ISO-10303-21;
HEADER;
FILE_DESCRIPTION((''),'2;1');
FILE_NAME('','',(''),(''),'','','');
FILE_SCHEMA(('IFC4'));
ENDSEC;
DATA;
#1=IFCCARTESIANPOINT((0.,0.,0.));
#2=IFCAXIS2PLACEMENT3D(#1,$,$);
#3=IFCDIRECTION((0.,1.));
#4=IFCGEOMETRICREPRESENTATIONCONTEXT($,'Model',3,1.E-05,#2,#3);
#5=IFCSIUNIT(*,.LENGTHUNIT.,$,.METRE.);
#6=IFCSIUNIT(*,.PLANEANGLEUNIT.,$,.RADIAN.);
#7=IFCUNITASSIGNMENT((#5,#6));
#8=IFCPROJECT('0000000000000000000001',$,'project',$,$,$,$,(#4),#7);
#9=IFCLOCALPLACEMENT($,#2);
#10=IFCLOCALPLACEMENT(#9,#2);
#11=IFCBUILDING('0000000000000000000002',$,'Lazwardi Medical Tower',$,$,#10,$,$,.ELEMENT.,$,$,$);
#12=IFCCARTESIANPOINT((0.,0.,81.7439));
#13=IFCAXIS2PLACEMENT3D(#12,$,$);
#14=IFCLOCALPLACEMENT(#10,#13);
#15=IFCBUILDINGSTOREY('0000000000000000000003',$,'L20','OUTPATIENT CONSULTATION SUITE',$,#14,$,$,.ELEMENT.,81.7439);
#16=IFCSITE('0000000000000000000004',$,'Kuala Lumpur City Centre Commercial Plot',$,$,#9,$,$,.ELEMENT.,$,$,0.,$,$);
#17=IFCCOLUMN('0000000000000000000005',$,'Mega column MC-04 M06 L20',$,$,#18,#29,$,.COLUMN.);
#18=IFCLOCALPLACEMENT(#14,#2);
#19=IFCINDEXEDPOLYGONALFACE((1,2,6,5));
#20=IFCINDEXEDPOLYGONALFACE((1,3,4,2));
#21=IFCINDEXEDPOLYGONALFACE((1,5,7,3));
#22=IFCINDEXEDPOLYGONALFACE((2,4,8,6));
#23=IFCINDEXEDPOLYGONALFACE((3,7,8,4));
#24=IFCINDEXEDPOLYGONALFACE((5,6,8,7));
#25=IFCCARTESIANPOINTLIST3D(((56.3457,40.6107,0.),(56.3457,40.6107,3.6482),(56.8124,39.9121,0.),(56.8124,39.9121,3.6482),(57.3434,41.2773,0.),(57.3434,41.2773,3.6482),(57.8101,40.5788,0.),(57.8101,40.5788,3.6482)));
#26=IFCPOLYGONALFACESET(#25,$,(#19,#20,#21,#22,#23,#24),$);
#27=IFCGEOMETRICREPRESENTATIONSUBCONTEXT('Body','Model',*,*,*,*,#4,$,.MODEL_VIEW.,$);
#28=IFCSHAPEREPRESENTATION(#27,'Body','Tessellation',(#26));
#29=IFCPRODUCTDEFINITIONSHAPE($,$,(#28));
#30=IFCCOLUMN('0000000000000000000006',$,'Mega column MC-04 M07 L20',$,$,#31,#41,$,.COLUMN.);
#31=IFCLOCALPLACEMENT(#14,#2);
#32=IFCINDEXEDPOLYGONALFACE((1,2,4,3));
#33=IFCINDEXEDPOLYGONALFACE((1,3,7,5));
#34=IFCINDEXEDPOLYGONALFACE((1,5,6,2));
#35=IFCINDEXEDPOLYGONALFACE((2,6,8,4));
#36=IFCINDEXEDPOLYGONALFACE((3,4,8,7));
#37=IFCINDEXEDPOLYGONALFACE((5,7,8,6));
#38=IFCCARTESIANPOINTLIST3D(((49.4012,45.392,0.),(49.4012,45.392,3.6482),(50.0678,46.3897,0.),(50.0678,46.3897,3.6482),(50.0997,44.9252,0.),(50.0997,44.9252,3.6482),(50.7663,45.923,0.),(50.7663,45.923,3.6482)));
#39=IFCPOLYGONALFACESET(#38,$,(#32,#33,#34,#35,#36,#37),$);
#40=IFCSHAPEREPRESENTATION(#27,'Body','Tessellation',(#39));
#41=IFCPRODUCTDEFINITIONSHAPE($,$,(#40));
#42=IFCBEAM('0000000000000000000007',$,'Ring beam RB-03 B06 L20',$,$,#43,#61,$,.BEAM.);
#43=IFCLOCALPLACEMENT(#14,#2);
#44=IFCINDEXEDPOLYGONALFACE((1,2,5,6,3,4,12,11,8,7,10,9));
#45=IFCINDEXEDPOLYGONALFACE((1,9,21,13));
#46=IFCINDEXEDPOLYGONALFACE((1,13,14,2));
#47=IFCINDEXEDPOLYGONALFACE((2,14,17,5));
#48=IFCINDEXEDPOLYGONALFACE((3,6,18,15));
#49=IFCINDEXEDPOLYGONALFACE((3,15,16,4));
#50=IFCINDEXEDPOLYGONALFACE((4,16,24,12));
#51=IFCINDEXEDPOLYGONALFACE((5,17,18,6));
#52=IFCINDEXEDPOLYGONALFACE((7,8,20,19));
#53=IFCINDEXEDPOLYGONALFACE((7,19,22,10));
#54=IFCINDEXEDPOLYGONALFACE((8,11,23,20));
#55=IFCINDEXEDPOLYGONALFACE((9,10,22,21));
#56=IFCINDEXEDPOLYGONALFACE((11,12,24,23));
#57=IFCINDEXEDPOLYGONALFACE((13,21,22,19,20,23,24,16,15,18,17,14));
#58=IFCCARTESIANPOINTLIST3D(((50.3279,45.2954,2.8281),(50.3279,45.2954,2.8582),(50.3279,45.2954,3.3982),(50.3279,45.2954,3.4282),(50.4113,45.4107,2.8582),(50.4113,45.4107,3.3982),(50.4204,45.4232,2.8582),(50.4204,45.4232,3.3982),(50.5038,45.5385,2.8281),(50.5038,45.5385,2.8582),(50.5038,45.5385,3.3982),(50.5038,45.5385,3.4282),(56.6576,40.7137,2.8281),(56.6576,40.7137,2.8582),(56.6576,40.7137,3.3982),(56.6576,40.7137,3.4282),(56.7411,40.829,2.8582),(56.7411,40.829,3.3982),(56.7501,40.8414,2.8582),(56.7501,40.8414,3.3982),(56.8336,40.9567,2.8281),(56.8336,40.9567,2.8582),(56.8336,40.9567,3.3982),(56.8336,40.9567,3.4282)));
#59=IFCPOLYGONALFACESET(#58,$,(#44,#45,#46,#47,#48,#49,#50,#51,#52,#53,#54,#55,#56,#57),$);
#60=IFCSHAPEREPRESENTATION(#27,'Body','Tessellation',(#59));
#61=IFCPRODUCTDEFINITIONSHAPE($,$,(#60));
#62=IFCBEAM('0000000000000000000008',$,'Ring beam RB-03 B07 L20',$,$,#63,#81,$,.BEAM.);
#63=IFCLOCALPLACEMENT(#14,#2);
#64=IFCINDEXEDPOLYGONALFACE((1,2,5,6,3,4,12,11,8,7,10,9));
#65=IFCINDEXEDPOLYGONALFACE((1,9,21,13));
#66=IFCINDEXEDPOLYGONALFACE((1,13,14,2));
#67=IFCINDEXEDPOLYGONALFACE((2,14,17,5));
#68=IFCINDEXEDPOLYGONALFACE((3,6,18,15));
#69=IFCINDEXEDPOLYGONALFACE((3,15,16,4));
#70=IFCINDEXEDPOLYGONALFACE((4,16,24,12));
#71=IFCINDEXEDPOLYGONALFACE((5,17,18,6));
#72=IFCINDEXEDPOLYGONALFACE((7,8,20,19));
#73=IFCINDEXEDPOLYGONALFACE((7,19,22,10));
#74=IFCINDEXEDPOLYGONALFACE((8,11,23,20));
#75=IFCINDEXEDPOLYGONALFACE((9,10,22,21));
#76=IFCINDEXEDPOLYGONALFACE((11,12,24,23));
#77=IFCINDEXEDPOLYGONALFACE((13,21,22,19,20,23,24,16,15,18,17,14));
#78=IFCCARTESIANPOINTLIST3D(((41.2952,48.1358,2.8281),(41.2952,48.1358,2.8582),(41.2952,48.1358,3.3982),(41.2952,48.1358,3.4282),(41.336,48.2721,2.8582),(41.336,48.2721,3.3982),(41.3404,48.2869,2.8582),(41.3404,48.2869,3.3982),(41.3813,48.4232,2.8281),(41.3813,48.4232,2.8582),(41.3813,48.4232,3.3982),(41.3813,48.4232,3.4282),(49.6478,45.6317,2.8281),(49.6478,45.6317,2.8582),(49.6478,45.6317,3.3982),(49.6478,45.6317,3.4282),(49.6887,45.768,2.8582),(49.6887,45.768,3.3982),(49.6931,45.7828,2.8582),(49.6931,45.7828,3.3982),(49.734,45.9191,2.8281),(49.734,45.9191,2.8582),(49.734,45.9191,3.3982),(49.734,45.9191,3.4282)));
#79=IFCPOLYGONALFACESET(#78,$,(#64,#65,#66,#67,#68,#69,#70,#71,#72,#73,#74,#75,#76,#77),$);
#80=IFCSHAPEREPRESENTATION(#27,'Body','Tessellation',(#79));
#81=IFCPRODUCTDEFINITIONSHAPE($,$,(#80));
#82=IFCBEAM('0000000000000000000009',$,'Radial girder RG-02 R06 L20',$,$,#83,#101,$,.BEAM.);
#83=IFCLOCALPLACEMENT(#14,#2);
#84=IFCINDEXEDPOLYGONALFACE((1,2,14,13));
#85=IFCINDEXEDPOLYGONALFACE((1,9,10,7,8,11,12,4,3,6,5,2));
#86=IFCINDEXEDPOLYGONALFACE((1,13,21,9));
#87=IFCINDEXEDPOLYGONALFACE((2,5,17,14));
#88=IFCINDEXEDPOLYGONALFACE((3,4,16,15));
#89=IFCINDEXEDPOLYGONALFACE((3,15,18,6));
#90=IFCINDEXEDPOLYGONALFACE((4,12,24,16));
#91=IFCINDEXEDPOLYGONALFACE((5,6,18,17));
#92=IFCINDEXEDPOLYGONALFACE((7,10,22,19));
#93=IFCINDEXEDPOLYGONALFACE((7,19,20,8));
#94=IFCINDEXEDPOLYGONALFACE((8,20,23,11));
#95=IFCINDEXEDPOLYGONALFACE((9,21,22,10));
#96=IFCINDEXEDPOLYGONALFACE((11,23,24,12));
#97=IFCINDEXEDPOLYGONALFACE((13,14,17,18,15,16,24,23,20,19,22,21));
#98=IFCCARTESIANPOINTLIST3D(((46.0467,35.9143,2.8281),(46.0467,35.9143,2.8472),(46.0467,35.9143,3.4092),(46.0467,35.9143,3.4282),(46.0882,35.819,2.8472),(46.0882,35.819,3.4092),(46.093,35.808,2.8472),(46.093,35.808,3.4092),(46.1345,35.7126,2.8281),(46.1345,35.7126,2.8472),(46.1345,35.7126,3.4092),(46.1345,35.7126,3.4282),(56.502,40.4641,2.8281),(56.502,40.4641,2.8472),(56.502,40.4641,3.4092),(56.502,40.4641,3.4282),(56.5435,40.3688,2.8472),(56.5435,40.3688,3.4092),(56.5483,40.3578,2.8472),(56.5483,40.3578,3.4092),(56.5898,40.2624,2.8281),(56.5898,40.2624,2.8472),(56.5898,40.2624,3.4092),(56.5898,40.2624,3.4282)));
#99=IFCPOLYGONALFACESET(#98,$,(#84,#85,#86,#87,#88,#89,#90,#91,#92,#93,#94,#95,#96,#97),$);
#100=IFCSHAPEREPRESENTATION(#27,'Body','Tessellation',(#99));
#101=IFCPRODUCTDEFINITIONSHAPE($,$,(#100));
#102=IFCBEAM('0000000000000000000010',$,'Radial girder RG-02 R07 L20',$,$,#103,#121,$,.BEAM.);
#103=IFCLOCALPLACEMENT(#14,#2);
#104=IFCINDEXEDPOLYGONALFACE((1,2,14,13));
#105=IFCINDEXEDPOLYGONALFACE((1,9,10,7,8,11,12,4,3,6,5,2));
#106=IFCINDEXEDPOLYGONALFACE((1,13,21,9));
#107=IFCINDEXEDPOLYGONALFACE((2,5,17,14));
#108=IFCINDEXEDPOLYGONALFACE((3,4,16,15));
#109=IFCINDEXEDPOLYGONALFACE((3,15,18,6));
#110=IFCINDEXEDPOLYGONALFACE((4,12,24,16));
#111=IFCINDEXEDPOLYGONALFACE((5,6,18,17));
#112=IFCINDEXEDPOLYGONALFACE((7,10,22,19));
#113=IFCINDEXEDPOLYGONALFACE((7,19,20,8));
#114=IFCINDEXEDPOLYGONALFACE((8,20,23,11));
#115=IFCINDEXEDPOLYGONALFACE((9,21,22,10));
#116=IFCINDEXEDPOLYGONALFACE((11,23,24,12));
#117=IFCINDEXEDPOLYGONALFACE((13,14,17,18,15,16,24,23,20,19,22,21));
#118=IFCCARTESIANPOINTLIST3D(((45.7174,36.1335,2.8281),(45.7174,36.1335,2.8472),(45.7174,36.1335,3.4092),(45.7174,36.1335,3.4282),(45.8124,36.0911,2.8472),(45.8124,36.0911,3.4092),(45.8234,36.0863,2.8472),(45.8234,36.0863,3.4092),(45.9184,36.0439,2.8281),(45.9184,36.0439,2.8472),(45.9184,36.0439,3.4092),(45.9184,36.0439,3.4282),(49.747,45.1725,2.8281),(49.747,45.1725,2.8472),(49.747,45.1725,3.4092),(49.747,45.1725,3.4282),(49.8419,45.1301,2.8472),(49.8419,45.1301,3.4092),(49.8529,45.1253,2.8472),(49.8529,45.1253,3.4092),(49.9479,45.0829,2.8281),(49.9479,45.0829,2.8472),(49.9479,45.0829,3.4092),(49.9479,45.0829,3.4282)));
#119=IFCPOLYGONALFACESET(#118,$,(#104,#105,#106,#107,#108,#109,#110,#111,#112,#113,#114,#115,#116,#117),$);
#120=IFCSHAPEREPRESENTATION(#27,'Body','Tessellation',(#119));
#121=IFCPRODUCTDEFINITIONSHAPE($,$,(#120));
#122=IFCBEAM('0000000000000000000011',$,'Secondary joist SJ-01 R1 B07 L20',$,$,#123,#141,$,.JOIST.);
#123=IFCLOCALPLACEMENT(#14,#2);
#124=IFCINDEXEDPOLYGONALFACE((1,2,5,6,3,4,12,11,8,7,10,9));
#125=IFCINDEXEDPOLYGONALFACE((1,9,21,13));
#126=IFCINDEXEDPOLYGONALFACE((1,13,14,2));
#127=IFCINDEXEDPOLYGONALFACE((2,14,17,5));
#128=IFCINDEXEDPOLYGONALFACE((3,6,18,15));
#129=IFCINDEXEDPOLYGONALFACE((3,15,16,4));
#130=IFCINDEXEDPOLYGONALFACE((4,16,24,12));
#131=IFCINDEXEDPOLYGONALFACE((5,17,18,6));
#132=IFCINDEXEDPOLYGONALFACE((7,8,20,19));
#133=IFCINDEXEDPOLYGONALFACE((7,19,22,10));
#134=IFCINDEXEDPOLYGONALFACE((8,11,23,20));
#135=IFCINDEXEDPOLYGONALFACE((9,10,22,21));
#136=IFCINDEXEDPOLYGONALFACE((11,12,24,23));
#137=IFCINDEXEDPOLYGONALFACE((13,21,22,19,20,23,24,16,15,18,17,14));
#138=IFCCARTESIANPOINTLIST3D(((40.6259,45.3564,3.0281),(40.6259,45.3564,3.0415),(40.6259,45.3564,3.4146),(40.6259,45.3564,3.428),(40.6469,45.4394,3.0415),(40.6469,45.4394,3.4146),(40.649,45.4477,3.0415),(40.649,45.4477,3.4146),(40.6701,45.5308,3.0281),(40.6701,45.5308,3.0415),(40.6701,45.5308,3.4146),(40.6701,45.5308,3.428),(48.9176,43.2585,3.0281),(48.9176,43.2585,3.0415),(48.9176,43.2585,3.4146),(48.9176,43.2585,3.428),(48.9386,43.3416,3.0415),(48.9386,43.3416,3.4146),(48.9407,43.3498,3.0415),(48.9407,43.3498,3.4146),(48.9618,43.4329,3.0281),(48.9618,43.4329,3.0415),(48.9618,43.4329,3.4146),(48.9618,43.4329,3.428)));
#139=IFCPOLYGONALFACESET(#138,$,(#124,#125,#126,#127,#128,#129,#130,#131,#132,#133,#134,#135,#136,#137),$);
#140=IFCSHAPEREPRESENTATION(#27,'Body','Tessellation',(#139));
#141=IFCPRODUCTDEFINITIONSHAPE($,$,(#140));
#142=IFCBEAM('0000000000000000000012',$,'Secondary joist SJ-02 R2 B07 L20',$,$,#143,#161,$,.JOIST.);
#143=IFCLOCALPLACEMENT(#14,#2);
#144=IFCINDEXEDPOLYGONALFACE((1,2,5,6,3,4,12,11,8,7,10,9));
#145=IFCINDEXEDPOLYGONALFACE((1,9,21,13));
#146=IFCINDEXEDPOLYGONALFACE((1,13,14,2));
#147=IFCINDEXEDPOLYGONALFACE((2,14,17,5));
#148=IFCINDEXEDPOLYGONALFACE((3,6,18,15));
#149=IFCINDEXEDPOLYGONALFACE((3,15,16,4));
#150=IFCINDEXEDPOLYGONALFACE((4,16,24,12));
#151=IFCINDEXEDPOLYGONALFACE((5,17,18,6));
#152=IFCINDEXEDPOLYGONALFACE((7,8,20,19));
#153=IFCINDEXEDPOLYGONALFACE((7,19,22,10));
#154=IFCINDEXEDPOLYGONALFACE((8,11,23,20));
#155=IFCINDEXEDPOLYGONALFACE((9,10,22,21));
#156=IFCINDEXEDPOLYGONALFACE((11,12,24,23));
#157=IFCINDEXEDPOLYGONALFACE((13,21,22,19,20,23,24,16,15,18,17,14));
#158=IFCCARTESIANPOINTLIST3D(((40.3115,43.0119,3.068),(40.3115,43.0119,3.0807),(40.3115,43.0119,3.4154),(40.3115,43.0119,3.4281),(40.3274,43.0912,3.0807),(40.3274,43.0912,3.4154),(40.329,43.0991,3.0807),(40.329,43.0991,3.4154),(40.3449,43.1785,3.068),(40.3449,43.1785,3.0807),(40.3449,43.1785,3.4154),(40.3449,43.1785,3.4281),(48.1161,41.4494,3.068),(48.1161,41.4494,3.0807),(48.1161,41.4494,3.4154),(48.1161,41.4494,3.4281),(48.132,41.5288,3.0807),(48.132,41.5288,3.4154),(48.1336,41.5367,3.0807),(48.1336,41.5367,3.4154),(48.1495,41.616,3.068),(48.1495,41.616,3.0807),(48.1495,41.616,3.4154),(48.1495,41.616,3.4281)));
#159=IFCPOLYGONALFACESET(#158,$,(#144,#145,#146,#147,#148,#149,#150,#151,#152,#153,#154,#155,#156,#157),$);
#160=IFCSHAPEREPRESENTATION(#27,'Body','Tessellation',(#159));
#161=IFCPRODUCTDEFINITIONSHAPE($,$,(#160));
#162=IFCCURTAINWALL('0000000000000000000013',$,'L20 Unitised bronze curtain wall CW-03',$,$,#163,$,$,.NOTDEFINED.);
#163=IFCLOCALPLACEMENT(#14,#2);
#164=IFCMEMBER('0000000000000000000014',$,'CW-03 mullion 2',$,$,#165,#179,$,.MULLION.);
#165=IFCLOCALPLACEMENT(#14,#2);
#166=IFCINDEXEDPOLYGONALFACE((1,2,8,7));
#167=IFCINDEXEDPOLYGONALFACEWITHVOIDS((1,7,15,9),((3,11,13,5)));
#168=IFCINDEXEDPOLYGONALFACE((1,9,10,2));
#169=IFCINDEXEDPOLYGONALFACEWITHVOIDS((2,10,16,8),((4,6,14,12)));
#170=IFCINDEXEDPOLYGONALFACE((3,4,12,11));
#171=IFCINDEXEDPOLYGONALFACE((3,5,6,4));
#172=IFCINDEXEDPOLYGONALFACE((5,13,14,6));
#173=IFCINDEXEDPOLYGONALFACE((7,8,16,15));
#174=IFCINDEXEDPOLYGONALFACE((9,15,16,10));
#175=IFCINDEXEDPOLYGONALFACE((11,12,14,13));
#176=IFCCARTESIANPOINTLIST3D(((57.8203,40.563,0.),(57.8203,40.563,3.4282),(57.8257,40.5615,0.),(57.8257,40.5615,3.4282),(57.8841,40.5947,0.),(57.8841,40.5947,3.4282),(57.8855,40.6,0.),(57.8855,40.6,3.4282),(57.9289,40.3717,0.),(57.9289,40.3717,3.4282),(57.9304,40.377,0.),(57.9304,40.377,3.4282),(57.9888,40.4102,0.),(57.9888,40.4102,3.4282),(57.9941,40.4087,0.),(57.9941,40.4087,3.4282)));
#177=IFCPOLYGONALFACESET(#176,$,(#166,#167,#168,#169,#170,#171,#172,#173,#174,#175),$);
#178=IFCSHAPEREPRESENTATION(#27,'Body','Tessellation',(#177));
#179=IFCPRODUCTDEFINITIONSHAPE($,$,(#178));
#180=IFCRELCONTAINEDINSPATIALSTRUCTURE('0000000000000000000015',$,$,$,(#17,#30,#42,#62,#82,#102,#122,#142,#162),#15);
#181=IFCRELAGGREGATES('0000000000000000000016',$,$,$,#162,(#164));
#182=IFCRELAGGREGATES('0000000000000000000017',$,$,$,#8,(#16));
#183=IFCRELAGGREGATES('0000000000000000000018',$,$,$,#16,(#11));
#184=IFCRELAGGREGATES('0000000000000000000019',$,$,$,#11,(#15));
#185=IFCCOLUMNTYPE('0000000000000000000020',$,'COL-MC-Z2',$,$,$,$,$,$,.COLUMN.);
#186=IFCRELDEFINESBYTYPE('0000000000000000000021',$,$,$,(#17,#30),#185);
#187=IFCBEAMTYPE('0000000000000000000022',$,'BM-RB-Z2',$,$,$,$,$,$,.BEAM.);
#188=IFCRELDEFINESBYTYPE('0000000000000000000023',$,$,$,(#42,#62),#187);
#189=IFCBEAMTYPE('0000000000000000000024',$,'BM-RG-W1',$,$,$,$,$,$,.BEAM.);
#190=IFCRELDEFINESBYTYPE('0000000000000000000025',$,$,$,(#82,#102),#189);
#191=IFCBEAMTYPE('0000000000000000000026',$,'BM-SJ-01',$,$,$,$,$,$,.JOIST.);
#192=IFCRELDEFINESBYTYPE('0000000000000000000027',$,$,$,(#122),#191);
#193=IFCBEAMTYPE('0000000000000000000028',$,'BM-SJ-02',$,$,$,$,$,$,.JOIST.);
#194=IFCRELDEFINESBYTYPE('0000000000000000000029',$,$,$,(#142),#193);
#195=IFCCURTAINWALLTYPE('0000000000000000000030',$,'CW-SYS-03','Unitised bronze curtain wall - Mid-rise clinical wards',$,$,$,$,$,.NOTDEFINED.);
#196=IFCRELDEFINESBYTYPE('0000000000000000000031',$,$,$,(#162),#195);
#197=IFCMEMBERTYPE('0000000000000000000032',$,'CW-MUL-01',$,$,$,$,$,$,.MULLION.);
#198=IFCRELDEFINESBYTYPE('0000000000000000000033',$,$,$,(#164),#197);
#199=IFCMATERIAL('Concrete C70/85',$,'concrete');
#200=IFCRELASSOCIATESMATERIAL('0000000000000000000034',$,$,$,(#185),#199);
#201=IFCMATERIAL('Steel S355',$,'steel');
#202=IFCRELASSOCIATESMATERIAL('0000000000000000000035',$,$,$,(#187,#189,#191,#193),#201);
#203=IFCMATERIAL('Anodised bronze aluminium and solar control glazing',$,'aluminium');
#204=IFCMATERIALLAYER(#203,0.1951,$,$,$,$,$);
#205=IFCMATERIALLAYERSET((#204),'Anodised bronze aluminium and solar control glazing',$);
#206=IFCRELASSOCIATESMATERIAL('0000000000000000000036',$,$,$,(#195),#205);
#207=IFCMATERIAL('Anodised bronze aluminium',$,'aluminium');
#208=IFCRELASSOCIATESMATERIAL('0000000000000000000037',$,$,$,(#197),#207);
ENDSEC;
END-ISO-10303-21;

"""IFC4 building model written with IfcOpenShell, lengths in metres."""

from ifc_helpers import new_model, si_unit, direction, frame, origin, origin_2d, place, context, subcontext, project, spatial, rectangle, hollow_rectangle, i_section, extrude, material, layer, layer_set, material_profile, profile_set, type_object, element, aggregate, save


model = new_model("IFC4")

# Units and contexts
model_context = context("Model", 3, precision=1e-05, world=origin(), true_north=direction((0.0, 1.0)))
body_context = subcontext(model_context, "Body", "Model", "MODEL_VIEW")
ifc_project = project(units=[si_unit("LENGTHUNIT", "METRE"), si_unit("PLANEANGLEUNIT", "RADIAN")], contexts=[model_context])

# Site, building, storey
site_placement = place(None, origin())
site = spatial("IfcSite", under=ifc_project, at=site_placement, Name="Kuala Lumpur City Centre Commercial Plot", CompositionType="ELEMENT", RefElevation=0.0)
building_placement = place(site_placement, origin())
building = spatial("IfcBuilding", under=site, at=building_placement, Name="Lazwardi Medical Tower", CompositionType="ELEMENT")
storey_placement = place(building_placement, frame((0.0, 0.0, 81.7439)))
storey = spatial("IfcBuildingStorey", under=building, at=storey_placement, Name="L20", Description="OUTPATIENT CONSULTATION SUITE", CompositionType="ELEMENT", Elevation=81.7439)

# Columns
ifc_material_1 = material(Name="Concrete C70/85", Category="concrete")
ifc_material_profile_1 = material_profile(ifc_material_1, rectangle(XDim=1.2, YDim=0.8401, at=origin_2d()), Name="CFT-RECT 1200x840")
ifc_profile_set_1 = profile_set([ifc_material_profile_1], Name="Concrete C70/85")
column_type = type_object("IfcColumnType", Name="COL-MC-Z2", PredefinedType="COLUMN", material=ifc_profile_set_1)
for number, where, z_axis, x_axis, name in (
    (1, (57.0779, 40.5947, 0.0), (0.0, 0.0, 1.0), (0.83147, 0.55557, 0.0), "Mega column MC-04 M06 L20"),
    (2, (50.0837, 45.6575, 0.0), (0.0, 0.0, 1.0), (0.55557, 0.83147, 0.0), "Mega column MC-04 M07 L20"),
):
    element("IfcColumn", number, at=place(storey_placement, frame(where, z_axis=z_axis, x_axis=x_axis)), inside=storey, type_object=column_type, Name=name, PredefinedType="COLUMN", context=body_context, shape_type="SweptSolid", body=[
        extrude(rectangle(XDim=1.2, YDim=0.8401, at=origin_2d()), origin(), (0.0, 0.0, 1.0), 3.6482),
    ])

# Beams
ifc_material_2 = material(Name="Steel S355", Category="steel")
ifc_material_profile_2 = material_profile(ifc_material_2, i_section(OverallWidth=0.3, OverallDepth=0.6001, WebThickness=0.0154, FlangeThickness=0.03, at=origin_2d()), Name="HEB 600")
ifc_profile_set_2 = profile_set([ifc_material_profile_2], Name="Steel S355")
beam_type_1 = type_object("IfcBeamType", Name="BM-RB-Z2", PredefinedType="BEAM", material=ifc_profile_set_2)
beam_1_placement = place(storey_placement, frame((56.7456, 40.8352, 3.1282), z_axis=(-0.810057, 0.586351, 0.0), x_axis=(-0.586351, -0.810057, 0.0)))
element("IfcBeam", 3, at=beam_1_placement, inside=storey, type_object=beam_type_1, Name="Ring beam RB-03 B06 L20", PredefinedType="BEAM", context=body_context, shape_type="SweptSolid", body=[
    extrude(i_section(OverallWidth=0.3, OverallDepth=0.6001, WebThickness=0.0154, FlangeThickness=0.03, at=origin_2d()), origin(), (0.0, 0.0, 1.0), 7.814),
])
beam_2_placement = place(storey_placement, frame((49.6909, 45.7754, 3.1282), z_axis=(-0.957879, 0.287171, 0.0), x_axis=(-0.287171, -0.957879, 0.0)))
element("IfcBeam", 4, at=beam_2_placement, inside=storey, type_object=beam_type_1, Name="Ring beam RB-03 B07 L20", PredefinedType="BEAM", context=body_context, shape_type="SweptSolid", body=[
    extrude(i_section(OverallWidth=0.3, OverallDepth=0.6001, WebThickness=0.0154, FlangeThickness=0.03, at=origin_2d()), origin(), (0.0, 0.0, 1.0), 8.72),
])
ifc_material_profile_3 = material_profile(ifc_material_2, i_section(OverallWidth=0.22, OverallDepth=0.6001, WebThickness=0.012, FlangeThickness=0.019, at=origin_2d()), Name="IPE 600")
ifc_profile_set_3 = profile_set([ifc_material_profile_3], Name="Steel S355")
beam_type_2 = type_object("IfcBeamType", Name="BM-RG-W1", PredefinedType="BEAM", material=ifc_profile_set_3)
beam_3_placement = place(storey_placement, frame((56.5459, 40.3633, 3.1282), z_axis=(-0.916941, -0.399022, 0.0), x_axis=(0.399022, -0.916941, 0.0)))
element("IfcBeam", 5, at=beam_3_placement, inside=storey, type_object=beam_type_2, Name="Radial girder RG-02 R06 L20", PredefinedType="BEAM", context=body_context, shape_type="SweptSolid", body=[
    extrude(i_section(OverallWidth=0.22, OverallDepth=0.6001, WebThickness=0.012, FlangeThickness=0.019, at=origin_2d()), origin(), (0.0, 0.0, 1.0), 11.4023),
])
beam_4_placement = place(storey_placement, frame((49.8474, 45.1277, 3.1282), z_axis=(-0.407166, -0.913354, 0.0), x_axis=(0.913354, -0.407166, 0.0)))
element("IfcBeam", 6, at=beam_4_placement, inside=storey, type_object=beam_type_2, Name="Radial girder RG-02 R07 L20", PredefinedType="BEAM", context=body_context, shape_type="SweptSolid", body=[
    extrude(i_section(OverallWidth=0.22, OverallDepth=0.6001, WebThickness=0.012, FlangeThickness=0.019, at=origin_2d()), origin(), (0.0, 0.0, 1.0), 9.8965),
])
ifc_material_profile_4 = material_profile(ifc_material_2, i_section(OverallWidth=0.1799, OverallDepth=0.3999, WebThickness=0.0085, FlangeThickness=0.0134, at=origin_2d()), Name="IPE 400")
ifc_profile_set_4 = profile_set([ifc_material_profile_4], Name="Steel S355")
beam_type_3 = type_object("IfcBeamType", Name="BM-SJ-01", PredefinedType="JOIST", material=ifc_profile_set_4)
beam_5_placement = place(storey_placement, frame((48.9397, 43.3457, 3.228), z_axis=(-0.969452, 0.245282, 0.0), x_axis=(-0.245282, -0.969452, 0.0)))
element("IfcBeam", 7, at=beam_5_placement, inside=storey, type_object=beam_type_3, Name="Secondary joist SJ-01 R1 B07 L20", PredefinedType="JOIST", context=body_context, shape_type="SweptSolid", body=[
    extrude(i_section(OverallWidth=0.1799, OverallDepth=0.3999, WebThickness=0.0085, FlangeThickness=0.0134, at=origin_2d()), origin(), (0.0, 0.0, 1.0), 8.553),
])
ifc_material_profile_5 = material_profile(ifc_material_2, i_section(OverallWidth=0.1699, OverallDepth=0.3601, WebThickness=0.0081, FlangeThickness=0.0127, at=origin_2d()), Name="IPE 360")
ifc_profile_set_5 = profile_set([ifc_material_profile_5], Name="Steel S355")
beam_type_4 = type_object("IfcBeamType", Name="BM-SJ-02", PredefinedType="JOIST", material=ifc_profile_set_5)
beam_6_placement = place(storey_placement, frame((48.1328, 41.5327, 3.248), z_axis=(-0.980543, 0.196305, 0.0), x_axis=(-0.196305, -0.980543, 0.0)))
element("IfcBeam", 8, at=beam_6_placement, inside=storey, type_object=beam_type_4, Name="Secondary joist SJ-02 R2 B07 L20", PredefinedType="JOIST", context=body_context, shape_type="SweptSolid", body=[
    extrude(i_section(OverallWidth=0.1699, OverallDepth=0.3601, WebThickness=0.0081, FlangeThickness=0.0127, at=origin_2d()), origin(), (0.0, 0.0, 1.0), 7.9595),
])

# Curtain wall, member
ifc_material_3 = material(Name="Anodised bronze aluminium and solar control glazing", Category="aluminium")
ifc_layer_1 = layer(ifc_material_3, 0.1951)
ifc_layer_set_1 = layer_set([ifc_layer_1], Name="Anodised bronze aluminium and solar control glazing")
curtain_wall_type = type_object("IfcCurtainWallType", Name="CW-SYS-03", Description="Unitised bronze curtain wall - Mid-rise clinical wards", PredefinedType="NOTDEFINED", material=ifc_layer_set_1)
curtain_wall_1_placement = place(storey_placement, origin())
curtain_wall_1 = element("IfcCurtainWall", 9, at=curtain_wall_1_placement, inside=storey, type_object=curtain_wall_type, Name="L20 Unitised bronze curtain wall CW-03", PredefinedType="NOTDEFINED")
ifc_material_4 = material(Name="Anodised bronze aluminium", Category="aluminium")
ifc_material_profile_6 = material_profile(ifc_material_4, hollow_rectangle(XDim=0.075, YDim=0.22, WallThickness=0.0039, at=origin_2d()), Name="ALU-MULLION 220x75x4")
ifc_profile_set_6 = profile_set([ifc_material_profile_6], Name="Anodised bronze aluminium")
member_type_1 = type_object("IfcMemberType", Name="CW-MUL-01", PredefinedType="MULLION", material=ifc_profile_set_6)
member_1_placement = place(storey_placement, frame((57.9072, 40.4858, 0.0), z_axis=(0.0, 0.0, 1.0), x_axis=(-0.869687, -0.493603, 0.0)))
member_1 = element("IfcMember", 10, at=member_1_placement, type_object=member_type_1, Name="CW-03 mullion 2", PredefinedType="MULLION", context=body_context, shape_type="SweptSolid", body=[
    extrude(hollow_rectangle(XDim=0.075, YDim=0.22, WallThickness=0.0039, at=origin_2d()), origin(), (0.0, 0.0, 1.0), 3.4282),
])
aggregate(curtain_wall_1, [member_1])

save(model, "model.ifc")
